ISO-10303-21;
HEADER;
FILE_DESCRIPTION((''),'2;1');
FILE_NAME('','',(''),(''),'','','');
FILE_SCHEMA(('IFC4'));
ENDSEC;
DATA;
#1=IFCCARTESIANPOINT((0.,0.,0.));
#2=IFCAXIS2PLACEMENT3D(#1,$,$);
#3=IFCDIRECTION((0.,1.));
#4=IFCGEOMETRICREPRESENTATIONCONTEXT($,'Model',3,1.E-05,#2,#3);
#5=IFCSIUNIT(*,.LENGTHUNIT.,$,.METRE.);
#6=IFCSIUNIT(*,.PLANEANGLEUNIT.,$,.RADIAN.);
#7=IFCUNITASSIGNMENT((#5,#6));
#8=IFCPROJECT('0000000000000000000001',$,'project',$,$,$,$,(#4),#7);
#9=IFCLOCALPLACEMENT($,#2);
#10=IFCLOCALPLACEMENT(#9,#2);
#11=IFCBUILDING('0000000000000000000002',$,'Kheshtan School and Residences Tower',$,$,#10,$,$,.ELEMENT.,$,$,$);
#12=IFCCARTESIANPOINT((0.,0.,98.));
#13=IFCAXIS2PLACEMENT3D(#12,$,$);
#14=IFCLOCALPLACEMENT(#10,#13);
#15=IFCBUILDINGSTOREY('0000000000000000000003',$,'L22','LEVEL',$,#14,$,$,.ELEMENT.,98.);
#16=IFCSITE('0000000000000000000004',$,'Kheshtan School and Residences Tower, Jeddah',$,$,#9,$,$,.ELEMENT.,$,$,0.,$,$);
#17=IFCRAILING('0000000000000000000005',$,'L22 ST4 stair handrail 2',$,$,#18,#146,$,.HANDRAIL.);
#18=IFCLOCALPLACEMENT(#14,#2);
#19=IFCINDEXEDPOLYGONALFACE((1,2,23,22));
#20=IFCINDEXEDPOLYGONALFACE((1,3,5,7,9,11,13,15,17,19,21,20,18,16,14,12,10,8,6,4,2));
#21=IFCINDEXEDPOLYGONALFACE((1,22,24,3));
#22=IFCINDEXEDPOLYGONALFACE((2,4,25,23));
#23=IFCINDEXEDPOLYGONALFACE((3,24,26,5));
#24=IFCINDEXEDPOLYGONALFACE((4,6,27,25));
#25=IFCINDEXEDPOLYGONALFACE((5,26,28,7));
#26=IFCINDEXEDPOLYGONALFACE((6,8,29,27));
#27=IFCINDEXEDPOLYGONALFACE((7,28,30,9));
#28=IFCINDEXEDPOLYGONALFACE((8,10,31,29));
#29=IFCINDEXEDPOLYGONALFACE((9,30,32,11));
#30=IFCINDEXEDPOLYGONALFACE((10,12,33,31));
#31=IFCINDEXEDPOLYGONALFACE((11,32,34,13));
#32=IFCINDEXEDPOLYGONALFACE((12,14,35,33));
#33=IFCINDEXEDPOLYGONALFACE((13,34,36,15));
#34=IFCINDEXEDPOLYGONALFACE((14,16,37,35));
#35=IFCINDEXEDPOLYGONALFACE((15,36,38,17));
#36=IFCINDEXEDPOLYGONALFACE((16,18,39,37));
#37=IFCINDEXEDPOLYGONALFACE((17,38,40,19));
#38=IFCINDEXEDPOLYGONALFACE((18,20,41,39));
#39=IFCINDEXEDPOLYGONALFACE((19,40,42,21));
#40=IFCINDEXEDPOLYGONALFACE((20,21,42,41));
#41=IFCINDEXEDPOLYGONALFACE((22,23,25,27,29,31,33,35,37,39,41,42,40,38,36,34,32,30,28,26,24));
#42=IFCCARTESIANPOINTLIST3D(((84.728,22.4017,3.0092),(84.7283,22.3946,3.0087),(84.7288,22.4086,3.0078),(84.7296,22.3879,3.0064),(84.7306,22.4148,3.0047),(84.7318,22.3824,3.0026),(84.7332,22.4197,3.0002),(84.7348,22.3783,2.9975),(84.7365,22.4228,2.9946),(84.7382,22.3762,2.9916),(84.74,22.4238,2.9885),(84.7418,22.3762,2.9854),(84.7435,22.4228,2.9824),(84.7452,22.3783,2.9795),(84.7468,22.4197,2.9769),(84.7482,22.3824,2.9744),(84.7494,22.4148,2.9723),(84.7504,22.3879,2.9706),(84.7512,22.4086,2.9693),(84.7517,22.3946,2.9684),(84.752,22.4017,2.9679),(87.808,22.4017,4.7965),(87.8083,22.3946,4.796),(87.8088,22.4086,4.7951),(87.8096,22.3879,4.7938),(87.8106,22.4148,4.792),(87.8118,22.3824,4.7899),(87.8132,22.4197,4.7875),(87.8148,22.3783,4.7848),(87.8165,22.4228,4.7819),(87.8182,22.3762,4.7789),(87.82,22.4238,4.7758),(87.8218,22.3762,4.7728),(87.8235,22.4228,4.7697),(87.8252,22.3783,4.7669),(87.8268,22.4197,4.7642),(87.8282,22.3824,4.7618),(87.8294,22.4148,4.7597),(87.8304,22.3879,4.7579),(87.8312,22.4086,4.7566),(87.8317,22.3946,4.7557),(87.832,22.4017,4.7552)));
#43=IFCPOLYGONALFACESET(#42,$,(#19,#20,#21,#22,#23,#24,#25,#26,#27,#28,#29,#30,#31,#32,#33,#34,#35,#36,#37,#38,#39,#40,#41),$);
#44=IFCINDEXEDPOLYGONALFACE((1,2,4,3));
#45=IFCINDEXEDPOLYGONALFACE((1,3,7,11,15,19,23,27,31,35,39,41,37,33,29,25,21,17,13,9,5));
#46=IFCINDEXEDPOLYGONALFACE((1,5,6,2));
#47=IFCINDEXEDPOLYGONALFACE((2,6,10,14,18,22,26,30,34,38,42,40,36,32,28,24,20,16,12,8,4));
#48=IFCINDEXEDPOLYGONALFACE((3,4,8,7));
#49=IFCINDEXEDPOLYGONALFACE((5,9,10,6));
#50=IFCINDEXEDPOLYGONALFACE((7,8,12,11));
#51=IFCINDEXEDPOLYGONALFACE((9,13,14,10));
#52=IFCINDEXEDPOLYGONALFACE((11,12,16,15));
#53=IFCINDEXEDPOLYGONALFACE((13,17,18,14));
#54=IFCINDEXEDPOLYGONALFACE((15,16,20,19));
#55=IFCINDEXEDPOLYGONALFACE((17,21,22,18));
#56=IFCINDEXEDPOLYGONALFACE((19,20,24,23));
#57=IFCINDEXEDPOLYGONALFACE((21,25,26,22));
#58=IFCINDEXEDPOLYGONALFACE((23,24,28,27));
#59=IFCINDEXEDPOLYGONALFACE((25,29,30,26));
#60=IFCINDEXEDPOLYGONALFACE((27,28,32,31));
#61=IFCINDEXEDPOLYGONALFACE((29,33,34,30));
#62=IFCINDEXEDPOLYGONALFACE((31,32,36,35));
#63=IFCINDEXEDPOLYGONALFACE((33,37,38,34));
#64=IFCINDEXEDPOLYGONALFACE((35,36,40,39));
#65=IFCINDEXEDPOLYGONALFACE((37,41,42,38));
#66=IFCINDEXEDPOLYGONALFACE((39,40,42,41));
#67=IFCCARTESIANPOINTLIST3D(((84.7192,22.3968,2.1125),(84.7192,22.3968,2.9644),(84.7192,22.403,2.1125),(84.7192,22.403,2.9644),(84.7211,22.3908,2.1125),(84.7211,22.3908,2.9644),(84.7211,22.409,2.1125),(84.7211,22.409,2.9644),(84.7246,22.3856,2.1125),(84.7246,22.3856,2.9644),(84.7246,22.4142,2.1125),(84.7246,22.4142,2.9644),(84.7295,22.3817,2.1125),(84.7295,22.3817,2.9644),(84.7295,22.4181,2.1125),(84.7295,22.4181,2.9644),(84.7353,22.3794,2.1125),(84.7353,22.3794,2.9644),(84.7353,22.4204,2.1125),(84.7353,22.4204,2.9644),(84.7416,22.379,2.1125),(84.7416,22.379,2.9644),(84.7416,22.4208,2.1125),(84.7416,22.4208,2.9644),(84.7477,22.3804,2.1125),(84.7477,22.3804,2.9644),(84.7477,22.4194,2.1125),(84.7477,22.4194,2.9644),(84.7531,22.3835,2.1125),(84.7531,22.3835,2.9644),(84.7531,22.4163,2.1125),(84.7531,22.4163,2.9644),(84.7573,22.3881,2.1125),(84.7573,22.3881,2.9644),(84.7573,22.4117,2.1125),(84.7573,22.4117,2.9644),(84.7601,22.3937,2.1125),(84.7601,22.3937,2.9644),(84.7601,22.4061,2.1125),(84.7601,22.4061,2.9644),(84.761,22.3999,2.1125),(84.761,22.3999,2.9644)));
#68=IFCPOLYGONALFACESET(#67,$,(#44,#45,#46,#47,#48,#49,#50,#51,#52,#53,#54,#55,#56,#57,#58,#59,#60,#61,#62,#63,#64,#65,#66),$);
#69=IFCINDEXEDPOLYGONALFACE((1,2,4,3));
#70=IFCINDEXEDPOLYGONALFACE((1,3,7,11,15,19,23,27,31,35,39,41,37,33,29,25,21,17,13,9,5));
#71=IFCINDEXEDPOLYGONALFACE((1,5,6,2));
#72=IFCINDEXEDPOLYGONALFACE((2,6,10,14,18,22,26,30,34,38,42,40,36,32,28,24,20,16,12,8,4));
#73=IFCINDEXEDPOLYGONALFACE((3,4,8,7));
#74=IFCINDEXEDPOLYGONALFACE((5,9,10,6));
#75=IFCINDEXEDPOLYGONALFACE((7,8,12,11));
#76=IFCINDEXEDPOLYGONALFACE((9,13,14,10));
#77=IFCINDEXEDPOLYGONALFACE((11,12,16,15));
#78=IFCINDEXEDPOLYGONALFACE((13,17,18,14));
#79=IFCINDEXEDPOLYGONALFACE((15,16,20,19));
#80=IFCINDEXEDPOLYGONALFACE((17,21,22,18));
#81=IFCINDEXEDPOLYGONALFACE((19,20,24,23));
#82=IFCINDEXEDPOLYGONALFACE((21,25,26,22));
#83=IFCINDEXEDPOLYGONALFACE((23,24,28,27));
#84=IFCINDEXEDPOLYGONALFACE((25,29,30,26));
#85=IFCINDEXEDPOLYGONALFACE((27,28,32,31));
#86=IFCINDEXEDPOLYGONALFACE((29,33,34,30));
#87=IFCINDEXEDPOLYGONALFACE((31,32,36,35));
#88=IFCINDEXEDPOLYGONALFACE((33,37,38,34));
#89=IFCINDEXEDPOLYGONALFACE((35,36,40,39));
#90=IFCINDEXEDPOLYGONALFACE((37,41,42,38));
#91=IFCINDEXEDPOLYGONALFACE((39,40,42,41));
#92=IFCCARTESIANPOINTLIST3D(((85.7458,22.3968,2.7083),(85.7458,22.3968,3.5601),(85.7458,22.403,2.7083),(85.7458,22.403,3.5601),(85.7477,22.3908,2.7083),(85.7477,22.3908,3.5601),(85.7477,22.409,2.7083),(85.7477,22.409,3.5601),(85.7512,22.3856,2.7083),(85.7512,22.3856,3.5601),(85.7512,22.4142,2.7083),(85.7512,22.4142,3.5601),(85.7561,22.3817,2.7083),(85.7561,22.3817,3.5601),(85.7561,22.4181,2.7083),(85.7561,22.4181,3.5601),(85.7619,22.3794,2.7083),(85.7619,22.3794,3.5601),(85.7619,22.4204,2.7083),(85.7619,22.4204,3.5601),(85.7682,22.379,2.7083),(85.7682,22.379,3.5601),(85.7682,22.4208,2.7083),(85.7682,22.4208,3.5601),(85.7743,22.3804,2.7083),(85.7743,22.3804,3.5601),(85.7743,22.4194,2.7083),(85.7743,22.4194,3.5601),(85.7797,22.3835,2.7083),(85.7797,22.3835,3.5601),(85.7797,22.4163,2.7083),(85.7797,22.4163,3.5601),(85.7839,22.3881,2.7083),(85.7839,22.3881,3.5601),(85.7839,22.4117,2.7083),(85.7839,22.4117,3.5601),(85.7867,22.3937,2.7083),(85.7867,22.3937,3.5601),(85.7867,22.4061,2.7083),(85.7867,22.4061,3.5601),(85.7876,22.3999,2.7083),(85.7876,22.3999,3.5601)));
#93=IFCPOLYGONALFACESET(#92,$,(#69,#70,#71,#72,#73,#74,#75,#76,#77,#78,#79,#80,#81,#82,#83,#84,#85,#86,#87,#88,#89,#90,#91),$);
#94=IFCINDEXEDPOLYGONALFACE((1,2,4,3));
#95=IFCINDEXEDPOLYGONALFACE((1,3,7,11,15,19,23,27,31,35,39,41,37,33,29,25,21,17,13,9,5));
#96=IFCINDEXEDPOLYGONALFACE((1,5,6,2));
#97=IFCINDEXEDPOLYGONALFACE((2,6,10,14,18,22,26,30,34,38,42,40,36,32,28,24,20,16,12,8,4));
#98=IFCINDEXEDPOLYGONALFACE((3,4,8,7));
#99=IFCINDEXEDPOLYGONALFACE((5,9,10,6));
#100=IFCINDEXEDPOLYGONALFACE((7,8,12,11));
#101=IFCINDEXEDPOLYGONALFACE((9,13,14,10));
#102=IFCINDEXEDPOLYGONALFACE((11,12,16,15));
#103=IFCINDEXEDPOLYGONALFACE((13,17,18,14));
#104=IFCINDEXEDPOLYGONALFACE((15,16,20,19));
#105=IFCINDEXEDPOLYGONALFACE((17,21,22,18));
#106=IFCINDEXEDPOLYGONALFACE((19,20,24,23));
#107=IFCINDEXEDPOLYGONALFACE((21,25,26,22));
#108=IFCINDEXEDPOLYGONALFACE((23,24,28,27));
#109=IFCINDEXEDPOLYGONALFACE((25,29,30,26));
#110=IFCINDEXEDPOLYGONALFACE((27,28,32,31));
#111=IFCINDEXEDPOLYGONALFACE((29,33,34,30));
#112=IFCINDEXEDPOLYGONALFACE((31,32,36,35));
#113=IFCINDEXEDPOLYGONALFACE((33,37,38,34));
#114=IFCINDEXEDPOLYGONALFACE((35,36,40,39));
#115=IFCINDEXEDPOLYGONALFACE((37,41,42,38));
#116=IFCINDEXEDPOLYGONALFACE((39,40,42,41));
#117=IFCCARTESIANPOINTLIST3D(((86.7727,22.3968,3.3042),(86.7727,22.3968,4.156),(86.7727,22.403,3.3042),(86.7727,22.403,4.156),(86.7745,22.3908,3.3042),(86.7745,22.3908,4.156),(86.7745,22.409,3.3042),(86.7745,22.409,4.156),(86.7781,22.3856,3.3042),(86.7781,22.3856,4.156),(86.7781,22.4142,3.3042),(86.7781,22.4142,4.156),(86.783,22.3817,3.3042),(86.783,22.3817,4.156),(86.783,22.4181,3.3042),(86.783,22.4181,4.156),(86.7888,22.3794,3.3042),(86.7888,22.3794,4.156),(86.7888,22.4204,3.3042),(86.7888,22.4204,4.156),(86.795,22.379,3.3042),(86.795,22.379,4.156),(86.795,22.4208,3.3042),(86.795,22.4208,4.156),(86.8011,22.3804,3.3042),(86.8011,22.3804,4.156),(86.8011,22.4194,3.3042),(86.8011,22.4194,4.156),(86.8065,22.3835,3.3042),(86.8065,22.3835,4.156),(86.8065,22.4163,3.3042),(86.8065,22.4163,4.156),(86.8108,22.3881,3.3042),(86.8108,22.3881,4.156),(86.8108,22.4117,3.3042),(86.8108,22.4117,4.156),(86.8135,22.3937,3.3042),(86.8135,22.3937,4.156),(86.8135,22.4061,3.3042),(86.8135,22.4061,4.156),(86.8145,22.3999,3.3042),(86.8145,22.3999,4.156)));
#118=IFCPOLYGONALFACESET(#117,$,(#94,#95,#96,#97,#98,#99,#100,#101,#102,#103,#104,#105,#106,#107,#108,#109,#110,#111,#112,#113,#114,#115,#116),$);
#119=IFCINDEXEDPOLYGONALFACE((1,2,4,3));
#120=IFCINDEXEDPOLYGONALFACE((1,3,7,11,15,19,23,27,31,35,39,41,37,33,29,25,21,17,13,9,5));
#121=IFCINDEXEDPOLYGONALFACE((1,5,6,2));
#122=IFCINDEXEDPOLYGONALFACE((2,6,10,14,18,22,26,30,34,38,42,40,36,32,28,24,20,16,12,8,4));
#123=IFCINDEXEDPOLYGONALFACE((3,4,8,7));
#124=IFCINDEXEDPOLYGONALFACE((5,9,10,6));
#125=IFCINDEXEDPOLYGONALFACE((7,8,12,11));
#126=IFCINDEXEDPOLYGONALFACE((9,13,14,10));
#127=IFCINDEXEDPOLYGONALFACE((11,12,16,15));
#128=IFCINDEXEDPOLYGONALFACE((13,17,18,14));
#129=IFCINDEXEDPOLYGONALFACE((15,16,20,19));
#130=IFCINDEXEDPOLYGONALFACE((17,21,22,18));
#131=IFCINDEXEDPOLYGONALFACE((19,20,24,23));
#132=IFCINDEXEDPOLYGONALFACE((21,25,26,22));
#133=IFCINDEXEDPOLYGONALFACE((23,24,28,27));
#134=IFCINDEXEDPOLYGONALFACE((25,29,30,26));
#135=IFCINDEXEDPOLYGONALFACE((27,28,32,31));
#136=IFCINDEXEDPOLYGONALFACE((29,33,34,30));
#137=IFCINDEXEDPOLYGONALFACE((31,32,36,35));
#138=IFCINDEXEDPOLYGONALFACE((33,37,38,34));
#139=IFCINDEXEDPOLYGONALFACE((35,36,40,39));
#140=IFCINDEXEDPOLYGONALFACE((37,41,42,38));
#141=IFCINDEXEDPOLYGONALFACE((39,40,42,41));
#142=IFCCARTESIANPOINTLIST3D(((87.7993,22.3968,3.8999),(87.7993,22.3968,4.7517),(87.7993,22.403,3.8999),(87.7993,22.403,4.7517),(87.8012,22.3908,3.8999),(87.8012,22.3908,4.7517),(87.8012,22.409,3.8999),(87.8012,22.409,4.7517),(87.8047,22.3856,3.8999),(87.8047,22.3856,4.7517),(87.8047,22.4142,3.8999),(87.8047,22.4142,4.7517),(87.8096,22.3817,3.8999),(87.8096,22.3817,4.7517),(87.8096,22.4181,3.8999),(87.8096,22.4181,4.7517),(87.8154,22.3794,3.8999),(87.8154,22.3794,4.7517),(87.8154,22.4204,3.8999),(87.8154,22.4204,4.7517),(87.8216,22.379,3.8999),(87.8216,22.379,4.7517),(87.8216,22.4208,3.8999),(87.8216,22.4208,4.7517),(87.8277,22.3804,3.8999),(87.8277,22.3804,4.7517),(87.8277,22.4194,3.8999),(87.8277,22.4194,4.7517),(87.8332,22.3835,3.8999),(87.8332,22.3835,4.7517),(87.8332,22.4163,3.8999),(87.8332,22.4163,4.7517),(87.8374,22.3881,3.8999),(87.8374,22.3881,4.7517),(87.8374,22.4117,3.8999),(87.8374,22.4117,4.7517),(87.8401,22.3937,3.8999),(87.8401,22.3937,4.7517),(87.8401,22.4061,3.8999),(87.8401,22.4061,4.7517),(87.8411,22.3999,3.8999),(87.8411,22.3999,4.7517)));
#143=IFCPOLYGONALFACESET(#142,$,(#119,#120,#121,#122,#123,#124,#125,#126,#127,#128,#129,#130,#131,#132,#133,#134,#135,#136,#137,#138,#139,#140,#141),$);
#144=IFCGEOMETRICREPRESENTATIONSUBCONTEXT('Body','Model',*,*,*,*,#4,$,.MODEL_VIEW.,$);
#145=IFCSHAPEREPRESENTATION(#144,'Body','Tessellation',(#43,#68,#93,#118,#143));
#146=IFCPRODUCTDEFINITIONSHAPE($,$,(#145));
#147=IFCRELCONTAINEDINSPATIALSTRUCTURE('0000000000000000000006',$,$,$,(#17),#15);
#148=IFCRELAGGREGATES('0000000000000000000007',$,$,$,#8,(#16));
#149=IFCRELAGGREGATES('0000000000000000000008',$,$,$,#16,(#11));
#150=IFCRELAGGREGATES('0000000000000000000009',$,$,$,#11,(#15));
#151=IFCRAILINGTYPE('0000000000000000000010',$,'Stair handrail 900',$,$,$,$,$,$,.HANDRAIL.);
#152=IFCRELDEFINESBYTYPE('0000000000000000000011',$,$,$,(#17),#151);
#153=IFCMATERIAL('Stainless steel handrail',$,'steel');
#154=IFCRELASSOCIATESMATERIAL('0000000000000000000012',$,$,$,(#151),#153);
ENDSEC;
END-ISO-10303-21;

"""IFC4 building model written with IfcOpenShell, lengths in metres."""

from ifc_helpers import new_model, si_unit, direction, frame, origin, origin_2d, place, context, subcontext, project, spatial, circle, extrude, material, type_object, element, save


model = new_model("IFC4")

# Units and contexts
model_context = context("Model", 3, precision=1e-05, world=origin(), true_north=direction((0.0, 1.0)))
body_context = subcontext(model_context, "Body", "Model", "MODEL_VIEW")
ifc_project = project(units=[si_unit("LENGTHUNIT", "METRE"), si_unit("PLANEANGLEUNIT", "RADIAN")], contexts=[model_context])

# Site, building, storey
site_placement = place(None, origin())
site = spatial("IfcSite", under=ifc_project, at=site_placement, Name="Kheshtan School and Residences Tower, Jeddah", CompositionType="ELEMENT", RefElevation=0.0)
building_placement = place(site_placement, origin())
building = spatial("IfcBuilding", under=site, at=building_placement, Name="Kheshtan School and Residences Tower", CompositionType="ELEMENT")
storey_placement = place(building_placement, frame((0.0, 0.0, 98.0)))
storey = spatial("IfcBuildingStorey", under=building, at=storey_placement, Name="L22", Description="LEVEL", CompositionType="ELEMENT", Elevation=98.0)

# Railing
ifc_material_1 = material(Name="Stainless steel handrail", Category="steel")
railing_type_1 = type_object("IfcRailingType", Name="Stair handrail 900", PredefinedType="HANDRAIL", material=ifc_material_1)
railing_1_placement = place(storey_placement, frame((84.74, 22.3999, 2.1125)))
element("IfcRailing", 1, at=railing_1_placement, inside=storey, type_object=railing_type_1, Name="L22 ST4 stair handrail 2", PredefinedType="HANDRAIL", context=body_context, shape_type="SweptSolid", body=[
    extrude(circle(Radius=0.0239, at=origin_2d()), frame((0.0, 0.0, 0.876), z_axis=(0.86492, 0.0, 0.501909), x_axis=(0.0, 1.0, 0.0)), (0.0, 0.0, 1.0), 3.561),
    extrude(circle(Radius=0.021, at=origin_2d()), origin(), (0.0, 0.0, 1.0), 0.8518),
    extrude(circle(Radius=0.021, at=origin_2d()), frame((1.0266, 0.0, 0.5957)), (0.0, 0.0, 1.0), 0.8518),
    extrude(circle(Radius=0.021, at=origin_2d()), frame((2.0535, 0.0, 1.1917)), (0.0, 0.0, 1.0), 0.8518),
    extrude(circle(Radius=0.021, at=origin_2d()), frame((3.0801, 0.0, 1.7874)), (0.0, 0.0, 1.0), 0.8518),
])

save(model, "model.ifc")
